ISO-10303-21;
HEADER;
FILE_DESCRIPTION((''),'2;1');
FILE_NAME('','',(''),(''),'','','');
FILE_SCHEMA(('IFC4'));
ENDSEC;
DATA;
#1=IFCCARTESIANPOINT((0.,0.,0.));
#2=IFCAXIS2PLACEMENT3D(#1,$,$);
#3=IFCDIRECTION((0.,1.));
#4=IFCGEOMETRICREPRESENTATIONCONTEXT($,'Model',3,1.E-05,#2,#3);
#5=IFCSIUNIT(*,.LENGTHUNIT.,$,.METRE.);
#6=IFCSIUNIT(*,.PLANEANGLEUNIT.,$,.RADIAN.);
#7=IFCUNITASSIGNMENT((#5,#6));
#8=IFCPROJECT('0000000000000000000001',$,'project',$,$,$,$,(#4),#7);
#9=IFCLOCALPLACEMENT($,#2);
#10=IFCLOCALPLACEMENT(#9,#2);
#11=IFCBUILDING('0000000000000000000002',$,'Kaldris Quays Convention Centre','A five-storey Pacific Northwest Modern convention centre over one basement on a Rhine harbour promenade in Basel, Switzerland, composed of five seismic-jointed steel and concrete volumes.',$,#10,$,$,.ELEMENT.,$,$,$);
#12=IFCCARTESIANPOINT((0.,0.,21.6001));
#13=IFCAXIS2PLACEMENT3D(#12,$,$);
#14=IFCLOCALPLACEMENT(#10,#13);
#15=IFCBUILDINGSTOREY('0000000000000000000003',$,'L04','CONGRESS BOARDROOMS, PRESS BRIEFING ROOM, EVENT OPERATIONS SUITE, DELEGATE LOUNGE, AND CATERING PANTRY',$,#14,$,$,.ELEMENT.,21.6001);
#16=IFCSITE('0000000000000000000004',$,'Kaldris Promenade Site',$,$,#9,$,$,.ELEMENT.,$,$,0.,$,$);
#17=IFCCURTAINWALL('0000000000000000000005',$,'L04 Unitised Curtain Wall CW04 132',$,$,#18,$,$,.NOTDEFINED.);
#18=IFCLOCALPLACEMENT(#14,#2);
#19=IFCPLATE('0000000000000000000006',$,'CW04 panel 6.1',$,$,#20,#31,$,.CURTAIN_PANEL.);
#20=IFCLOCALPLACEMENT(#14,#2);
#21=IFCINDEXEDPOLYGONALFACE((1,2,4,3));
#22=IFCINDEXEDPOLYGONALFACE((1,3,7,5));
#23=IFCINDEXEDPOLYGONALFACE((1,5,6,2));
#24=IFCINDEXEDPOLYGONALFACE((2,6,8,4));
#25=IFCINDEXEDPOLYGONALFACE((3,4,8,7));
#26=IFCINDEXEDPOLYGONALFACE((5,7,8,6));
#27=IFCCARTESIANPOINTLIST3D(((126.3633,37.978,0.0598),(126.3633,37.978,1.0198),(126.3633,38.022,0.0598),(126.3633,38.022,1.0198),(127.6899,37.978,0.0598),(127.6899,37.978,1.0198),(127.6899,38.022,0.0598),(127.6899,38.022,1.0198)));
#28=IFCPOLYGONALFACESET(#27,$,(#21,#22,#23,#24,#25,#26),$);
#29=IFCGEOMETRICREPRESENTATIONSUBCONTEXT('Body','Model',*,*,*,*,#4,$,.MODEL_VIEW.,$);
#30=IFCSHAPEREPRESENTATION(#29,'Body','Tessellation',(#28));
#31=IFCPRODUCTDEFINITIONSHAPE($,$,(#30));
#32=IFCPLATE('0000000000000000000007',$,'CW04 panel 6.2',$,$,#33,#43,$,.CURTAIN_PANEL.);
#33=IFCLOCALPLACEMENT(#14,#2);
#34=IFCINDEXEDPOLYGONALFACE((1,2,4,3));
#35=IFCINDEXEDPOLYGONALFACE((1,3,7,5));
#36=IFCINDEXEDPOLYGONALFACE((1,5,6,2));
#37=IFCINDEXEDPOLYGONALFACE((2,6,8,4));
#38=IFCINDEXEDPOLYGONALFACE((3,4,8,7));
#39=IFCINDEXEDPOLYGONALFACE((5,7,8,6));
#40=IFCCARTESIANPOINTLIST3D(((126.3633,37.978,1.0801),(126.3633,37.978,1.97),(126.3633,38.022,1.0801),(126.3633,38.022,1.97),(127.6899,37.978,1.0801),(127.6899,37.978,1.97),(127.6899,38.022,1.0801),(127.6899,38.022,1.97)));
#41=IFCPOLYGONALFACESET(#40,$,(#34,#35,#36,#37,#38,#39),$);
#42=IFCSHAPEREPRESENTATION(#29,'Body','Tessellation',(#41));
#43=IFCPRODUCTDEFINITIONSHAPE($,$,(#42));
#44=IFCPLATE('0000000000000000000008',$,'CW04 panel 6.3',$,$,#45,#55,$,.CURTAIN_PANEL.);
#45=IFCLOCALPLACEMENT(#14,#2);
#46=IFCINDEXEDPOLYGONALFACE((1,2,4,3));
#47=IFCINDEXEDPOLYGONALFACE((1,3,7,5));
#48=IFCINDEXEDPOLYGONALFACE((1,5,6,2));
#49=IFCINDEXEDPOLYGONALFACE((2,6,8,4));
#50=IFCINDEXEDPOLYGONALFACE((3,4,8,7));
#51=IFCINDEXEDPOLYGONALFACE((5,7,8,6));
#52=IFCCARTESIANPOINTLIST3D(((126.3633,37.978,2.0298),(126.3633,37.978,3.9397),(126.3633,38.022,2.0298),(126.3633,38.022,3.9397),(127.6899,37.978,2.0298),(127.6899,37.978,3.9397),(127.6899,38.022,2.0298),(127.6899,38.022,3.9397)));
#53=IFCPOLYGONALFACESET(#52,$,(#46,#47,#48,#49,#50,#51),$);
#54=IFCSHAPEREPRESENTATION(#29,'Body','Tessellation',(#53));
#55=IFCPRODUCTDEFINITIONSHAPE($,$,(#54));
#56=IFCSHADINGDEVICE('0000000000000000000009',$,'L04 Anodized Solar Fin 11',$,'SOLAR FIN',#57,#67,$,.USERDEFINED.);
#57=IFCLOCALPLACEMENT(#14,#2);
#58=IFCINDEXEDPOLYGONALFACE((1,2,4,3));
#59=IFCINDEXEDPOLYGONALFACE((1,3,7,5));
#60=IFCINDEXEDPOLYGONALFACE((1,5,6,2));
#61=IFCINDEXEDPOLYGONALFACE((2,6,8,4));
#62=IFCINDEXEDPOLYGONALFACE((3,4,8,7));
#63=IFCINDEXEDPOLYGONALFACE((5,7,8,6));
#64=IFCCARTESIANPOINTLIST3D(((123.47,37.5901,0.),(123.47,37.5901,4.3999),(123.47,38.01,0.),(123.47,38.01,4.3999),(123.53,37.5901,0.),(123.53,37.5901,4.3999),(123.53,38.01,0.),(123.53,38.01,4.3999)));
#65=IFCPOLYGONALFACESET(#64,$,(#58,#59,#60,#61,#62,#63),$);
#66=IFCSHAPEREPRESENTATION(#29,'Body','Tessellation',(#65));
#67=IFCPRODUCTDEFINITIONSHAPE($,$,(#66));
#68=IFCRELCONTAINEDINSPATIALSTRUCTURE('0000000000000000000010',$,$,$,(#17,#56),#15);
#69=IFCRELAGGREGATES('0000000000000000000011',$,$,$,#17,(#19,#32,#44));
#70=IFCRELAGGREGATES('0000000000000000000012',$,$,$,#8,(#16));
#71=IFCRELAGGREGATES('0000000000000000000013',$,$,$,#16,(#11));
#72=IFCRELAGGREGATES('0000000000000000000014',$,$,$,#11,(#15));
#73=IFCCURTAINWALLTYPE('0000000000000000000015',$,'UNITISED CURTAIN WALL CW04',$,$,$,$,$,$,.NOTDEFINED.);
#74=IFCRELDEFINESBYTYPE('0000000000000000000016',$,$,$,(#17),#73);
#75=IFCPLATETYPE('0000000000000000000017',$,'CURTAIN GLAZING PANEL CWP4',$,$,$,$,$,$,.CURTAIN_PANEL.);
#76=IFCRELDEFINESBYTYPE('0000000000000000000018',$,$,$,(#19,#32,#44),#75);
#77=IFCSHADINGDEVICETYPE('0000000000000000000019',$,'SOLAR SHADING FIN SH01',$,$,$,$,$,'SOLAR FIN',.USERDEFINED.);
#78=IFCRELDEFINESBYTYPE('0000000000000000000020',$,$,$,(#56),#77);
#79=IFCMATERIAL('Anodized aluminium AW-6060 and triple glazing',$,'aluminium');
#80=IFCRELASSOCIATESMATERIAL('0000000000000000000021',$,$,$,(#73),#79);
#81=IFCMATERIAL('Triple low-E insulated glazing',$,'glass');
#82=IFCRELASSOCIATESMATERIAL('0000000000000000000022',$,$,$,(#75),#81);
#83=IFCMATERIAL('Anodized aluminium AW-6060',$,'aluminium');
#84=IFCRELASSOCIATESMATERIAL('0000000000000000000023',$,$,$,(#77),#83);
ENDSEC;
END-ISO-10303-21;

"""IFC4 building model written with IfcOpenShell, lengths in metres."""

from ifc_helpers import new_model, si_unit, direction, frame, origin, origin_2d, place, context, subcontext, project, spatial, rectangle, extrude, material, type_object, element, aggregate, save


model = new_model("IFC4")

# Units and contexts
model_context = context("Model", 3, precision=1e-05, world=origin(), true_north=direction((0.0, 1.0)))
body_context = subcontext(model_context, "Body", "Model", "MODEL_VIEW")
ifc_project = project(units=[si_unit("LENGTHUNIT", "METRE"), si_unit("PLANEANGLEUNIT", "RADIAN")], contexts=[model_context])

# Site, building, storey
site_placement = place(None, origin())
site = spatial("IfcSite", under=ifc_project, at=site_placement, Name="Kaldris Promenade Site", CompositionType="ELEMENT", RefElevation=0.0)
building_placement = place(site_placement, origin())
building = spatial("IfcBuilding", under=site, at=building_placement, Name="Kaldris Quays Convention Centre", Description="A five-storey Pacific Northwest Modern convention centre over one basement on a Rhine harbour promenade in Basel, Switzerland, composed of five seismic-jointed steel and concrete volumes.", CompositionType="ELEMENT")
storey_placement = place(building_placement, frame((0.0, 0.0, 21.6001)))
storey = spatial("IfcBuildingStorey", under=building, at=storey_placement, Name="L04", Description="CONGRESS BOARDROOMS, PRESS BRIEFING ROOM, EVENT OPERATIONS SUITE, DELEGATE LOUNGE, AND CATERING PANTRY", CompositionType="ELEMENT", Elevation=21.6001)

# Curtain wall, plates
ifc_material_1 = material(Name="Anodized aluminium AW-6060 and triple glazing", Category="aluminium")
curtain_wall_type = type_object("IfcCurtainWallType", Name="UNITISED CURTAIN WALL CW04", PredefinedType="NOTDEFINED", material=ifc_material_1)
curtain_wall_placement = place(storey_placement, origin())
curtain_wall = element("IfcCurtainWall", 1, at=curtain_wall_placement, inside=storey, type_object=curtain_wall_type, Name="L04 Unitised Curtain Wall CW04 132", PredefinedType="NOTDEFINED")
ifc_material_2 = material(Name="Anodized aluminium AW-6060", Category="aluminium")
ifc_material_3 = material(Name="Triple low-E insulated glazing", Category="glass")
plate_type = type_object("IfcPlateType", Name="CURTAIN GLAZING PANEL CWP4", PredefinedType="CURTAIN_PANEL", material=ifc_material_3)
plate_1_placement = place(storey_placement, frame((127.0266, 38.0, 0.0598), z_axis=(0.0, 0.0, 1.0), x_axis=(1.0, 0.0, 0.0)))
plate_1 = element("IfcPlate", 2, at=plate_1_placement, type_object=plate_type, Name="CW04 panel 6.1", PredefinedType="CURTAIN_PANEL", context=body_context, shape_type="SweptSolid", body=[
    extrude(rectangle(XDim=1.3267, YDim=0.0439, at=origin_2d()), origin(), (0.0, 0.0, 1.0), 0.96),
])
plate_2_placement = place(storey_placement, frame((127.0266, 38.0, 1.0801), z_axis=(0.0, 0.0, 1.0), x_axis=(1.0, 0.0, 0.0)))
plate_2 = element("IfcPlate", 3, at=plate_2_placement, type_object=plate_type, Name="CW04 panel 6.2", PredefinedType="CURTAIN_PANEL", context=body_context, shape_type="SweptSolid", body=[
    extrude(rectangle(XDim=1.3267, YDim=0.0439, at=origin_2d()), origin(), (0.0, 0.0, 1.0), 0.8899),
])
plate_3_placement = place(storey_placement, frame((127.0266, 38.0, 2.0298), z_axis=(0.0, 0.0, 1.0), x_axis=(1.0, 0.0, 0.0)))
plate_3 = element("IfcPlate", 4, at=plate_3_placement, type_object=plate_type, Name="CW04 panel 6.3", PredefinedType="CURTAIN_PANEL", context=body_context, shape_type="SweptSolid", body=[
    extrude(rectangle(XDim=1.3267, YDim=0.0439, at=origin_2d()), origin(), (0.0, 0.0, 1.0), 1.9099),
])
aggregate(curtain_wall, [plate_1, plate_2, plate_3])

# Shading device
shading_device_type = type_object("IfcShadingDeviceType", Name="SOLAR SHADING FIN SH01", ElementType="SOLAR FIN", PredefinedType="USERDEFINED", material=ifc_material_2)
shading_device_placement = place(storey_placement, frame((123.5, 37.8, 0.0), z_axis=(0.0, 0.0, 1.0), x_axis=(1.0, 0.0, 0.0)))
element("IfcShadingDevice", 5, at=shading_device_placement, inside=storey, type_object=shading_device_type, Name="L04 Anodized Solar Fin 11", ObjectType="SOLAR FIN", PredefinedType="USERDEFINED", context=body_context, shape_type="SweptSolid", body=[
    extrude(rectangle(XDim=0.0601, YDim=0.4199, at=origin_2d()), origin(), (0.0, 0.0, 1.0), 4.3999),
])

save(model, "model.ifc")
